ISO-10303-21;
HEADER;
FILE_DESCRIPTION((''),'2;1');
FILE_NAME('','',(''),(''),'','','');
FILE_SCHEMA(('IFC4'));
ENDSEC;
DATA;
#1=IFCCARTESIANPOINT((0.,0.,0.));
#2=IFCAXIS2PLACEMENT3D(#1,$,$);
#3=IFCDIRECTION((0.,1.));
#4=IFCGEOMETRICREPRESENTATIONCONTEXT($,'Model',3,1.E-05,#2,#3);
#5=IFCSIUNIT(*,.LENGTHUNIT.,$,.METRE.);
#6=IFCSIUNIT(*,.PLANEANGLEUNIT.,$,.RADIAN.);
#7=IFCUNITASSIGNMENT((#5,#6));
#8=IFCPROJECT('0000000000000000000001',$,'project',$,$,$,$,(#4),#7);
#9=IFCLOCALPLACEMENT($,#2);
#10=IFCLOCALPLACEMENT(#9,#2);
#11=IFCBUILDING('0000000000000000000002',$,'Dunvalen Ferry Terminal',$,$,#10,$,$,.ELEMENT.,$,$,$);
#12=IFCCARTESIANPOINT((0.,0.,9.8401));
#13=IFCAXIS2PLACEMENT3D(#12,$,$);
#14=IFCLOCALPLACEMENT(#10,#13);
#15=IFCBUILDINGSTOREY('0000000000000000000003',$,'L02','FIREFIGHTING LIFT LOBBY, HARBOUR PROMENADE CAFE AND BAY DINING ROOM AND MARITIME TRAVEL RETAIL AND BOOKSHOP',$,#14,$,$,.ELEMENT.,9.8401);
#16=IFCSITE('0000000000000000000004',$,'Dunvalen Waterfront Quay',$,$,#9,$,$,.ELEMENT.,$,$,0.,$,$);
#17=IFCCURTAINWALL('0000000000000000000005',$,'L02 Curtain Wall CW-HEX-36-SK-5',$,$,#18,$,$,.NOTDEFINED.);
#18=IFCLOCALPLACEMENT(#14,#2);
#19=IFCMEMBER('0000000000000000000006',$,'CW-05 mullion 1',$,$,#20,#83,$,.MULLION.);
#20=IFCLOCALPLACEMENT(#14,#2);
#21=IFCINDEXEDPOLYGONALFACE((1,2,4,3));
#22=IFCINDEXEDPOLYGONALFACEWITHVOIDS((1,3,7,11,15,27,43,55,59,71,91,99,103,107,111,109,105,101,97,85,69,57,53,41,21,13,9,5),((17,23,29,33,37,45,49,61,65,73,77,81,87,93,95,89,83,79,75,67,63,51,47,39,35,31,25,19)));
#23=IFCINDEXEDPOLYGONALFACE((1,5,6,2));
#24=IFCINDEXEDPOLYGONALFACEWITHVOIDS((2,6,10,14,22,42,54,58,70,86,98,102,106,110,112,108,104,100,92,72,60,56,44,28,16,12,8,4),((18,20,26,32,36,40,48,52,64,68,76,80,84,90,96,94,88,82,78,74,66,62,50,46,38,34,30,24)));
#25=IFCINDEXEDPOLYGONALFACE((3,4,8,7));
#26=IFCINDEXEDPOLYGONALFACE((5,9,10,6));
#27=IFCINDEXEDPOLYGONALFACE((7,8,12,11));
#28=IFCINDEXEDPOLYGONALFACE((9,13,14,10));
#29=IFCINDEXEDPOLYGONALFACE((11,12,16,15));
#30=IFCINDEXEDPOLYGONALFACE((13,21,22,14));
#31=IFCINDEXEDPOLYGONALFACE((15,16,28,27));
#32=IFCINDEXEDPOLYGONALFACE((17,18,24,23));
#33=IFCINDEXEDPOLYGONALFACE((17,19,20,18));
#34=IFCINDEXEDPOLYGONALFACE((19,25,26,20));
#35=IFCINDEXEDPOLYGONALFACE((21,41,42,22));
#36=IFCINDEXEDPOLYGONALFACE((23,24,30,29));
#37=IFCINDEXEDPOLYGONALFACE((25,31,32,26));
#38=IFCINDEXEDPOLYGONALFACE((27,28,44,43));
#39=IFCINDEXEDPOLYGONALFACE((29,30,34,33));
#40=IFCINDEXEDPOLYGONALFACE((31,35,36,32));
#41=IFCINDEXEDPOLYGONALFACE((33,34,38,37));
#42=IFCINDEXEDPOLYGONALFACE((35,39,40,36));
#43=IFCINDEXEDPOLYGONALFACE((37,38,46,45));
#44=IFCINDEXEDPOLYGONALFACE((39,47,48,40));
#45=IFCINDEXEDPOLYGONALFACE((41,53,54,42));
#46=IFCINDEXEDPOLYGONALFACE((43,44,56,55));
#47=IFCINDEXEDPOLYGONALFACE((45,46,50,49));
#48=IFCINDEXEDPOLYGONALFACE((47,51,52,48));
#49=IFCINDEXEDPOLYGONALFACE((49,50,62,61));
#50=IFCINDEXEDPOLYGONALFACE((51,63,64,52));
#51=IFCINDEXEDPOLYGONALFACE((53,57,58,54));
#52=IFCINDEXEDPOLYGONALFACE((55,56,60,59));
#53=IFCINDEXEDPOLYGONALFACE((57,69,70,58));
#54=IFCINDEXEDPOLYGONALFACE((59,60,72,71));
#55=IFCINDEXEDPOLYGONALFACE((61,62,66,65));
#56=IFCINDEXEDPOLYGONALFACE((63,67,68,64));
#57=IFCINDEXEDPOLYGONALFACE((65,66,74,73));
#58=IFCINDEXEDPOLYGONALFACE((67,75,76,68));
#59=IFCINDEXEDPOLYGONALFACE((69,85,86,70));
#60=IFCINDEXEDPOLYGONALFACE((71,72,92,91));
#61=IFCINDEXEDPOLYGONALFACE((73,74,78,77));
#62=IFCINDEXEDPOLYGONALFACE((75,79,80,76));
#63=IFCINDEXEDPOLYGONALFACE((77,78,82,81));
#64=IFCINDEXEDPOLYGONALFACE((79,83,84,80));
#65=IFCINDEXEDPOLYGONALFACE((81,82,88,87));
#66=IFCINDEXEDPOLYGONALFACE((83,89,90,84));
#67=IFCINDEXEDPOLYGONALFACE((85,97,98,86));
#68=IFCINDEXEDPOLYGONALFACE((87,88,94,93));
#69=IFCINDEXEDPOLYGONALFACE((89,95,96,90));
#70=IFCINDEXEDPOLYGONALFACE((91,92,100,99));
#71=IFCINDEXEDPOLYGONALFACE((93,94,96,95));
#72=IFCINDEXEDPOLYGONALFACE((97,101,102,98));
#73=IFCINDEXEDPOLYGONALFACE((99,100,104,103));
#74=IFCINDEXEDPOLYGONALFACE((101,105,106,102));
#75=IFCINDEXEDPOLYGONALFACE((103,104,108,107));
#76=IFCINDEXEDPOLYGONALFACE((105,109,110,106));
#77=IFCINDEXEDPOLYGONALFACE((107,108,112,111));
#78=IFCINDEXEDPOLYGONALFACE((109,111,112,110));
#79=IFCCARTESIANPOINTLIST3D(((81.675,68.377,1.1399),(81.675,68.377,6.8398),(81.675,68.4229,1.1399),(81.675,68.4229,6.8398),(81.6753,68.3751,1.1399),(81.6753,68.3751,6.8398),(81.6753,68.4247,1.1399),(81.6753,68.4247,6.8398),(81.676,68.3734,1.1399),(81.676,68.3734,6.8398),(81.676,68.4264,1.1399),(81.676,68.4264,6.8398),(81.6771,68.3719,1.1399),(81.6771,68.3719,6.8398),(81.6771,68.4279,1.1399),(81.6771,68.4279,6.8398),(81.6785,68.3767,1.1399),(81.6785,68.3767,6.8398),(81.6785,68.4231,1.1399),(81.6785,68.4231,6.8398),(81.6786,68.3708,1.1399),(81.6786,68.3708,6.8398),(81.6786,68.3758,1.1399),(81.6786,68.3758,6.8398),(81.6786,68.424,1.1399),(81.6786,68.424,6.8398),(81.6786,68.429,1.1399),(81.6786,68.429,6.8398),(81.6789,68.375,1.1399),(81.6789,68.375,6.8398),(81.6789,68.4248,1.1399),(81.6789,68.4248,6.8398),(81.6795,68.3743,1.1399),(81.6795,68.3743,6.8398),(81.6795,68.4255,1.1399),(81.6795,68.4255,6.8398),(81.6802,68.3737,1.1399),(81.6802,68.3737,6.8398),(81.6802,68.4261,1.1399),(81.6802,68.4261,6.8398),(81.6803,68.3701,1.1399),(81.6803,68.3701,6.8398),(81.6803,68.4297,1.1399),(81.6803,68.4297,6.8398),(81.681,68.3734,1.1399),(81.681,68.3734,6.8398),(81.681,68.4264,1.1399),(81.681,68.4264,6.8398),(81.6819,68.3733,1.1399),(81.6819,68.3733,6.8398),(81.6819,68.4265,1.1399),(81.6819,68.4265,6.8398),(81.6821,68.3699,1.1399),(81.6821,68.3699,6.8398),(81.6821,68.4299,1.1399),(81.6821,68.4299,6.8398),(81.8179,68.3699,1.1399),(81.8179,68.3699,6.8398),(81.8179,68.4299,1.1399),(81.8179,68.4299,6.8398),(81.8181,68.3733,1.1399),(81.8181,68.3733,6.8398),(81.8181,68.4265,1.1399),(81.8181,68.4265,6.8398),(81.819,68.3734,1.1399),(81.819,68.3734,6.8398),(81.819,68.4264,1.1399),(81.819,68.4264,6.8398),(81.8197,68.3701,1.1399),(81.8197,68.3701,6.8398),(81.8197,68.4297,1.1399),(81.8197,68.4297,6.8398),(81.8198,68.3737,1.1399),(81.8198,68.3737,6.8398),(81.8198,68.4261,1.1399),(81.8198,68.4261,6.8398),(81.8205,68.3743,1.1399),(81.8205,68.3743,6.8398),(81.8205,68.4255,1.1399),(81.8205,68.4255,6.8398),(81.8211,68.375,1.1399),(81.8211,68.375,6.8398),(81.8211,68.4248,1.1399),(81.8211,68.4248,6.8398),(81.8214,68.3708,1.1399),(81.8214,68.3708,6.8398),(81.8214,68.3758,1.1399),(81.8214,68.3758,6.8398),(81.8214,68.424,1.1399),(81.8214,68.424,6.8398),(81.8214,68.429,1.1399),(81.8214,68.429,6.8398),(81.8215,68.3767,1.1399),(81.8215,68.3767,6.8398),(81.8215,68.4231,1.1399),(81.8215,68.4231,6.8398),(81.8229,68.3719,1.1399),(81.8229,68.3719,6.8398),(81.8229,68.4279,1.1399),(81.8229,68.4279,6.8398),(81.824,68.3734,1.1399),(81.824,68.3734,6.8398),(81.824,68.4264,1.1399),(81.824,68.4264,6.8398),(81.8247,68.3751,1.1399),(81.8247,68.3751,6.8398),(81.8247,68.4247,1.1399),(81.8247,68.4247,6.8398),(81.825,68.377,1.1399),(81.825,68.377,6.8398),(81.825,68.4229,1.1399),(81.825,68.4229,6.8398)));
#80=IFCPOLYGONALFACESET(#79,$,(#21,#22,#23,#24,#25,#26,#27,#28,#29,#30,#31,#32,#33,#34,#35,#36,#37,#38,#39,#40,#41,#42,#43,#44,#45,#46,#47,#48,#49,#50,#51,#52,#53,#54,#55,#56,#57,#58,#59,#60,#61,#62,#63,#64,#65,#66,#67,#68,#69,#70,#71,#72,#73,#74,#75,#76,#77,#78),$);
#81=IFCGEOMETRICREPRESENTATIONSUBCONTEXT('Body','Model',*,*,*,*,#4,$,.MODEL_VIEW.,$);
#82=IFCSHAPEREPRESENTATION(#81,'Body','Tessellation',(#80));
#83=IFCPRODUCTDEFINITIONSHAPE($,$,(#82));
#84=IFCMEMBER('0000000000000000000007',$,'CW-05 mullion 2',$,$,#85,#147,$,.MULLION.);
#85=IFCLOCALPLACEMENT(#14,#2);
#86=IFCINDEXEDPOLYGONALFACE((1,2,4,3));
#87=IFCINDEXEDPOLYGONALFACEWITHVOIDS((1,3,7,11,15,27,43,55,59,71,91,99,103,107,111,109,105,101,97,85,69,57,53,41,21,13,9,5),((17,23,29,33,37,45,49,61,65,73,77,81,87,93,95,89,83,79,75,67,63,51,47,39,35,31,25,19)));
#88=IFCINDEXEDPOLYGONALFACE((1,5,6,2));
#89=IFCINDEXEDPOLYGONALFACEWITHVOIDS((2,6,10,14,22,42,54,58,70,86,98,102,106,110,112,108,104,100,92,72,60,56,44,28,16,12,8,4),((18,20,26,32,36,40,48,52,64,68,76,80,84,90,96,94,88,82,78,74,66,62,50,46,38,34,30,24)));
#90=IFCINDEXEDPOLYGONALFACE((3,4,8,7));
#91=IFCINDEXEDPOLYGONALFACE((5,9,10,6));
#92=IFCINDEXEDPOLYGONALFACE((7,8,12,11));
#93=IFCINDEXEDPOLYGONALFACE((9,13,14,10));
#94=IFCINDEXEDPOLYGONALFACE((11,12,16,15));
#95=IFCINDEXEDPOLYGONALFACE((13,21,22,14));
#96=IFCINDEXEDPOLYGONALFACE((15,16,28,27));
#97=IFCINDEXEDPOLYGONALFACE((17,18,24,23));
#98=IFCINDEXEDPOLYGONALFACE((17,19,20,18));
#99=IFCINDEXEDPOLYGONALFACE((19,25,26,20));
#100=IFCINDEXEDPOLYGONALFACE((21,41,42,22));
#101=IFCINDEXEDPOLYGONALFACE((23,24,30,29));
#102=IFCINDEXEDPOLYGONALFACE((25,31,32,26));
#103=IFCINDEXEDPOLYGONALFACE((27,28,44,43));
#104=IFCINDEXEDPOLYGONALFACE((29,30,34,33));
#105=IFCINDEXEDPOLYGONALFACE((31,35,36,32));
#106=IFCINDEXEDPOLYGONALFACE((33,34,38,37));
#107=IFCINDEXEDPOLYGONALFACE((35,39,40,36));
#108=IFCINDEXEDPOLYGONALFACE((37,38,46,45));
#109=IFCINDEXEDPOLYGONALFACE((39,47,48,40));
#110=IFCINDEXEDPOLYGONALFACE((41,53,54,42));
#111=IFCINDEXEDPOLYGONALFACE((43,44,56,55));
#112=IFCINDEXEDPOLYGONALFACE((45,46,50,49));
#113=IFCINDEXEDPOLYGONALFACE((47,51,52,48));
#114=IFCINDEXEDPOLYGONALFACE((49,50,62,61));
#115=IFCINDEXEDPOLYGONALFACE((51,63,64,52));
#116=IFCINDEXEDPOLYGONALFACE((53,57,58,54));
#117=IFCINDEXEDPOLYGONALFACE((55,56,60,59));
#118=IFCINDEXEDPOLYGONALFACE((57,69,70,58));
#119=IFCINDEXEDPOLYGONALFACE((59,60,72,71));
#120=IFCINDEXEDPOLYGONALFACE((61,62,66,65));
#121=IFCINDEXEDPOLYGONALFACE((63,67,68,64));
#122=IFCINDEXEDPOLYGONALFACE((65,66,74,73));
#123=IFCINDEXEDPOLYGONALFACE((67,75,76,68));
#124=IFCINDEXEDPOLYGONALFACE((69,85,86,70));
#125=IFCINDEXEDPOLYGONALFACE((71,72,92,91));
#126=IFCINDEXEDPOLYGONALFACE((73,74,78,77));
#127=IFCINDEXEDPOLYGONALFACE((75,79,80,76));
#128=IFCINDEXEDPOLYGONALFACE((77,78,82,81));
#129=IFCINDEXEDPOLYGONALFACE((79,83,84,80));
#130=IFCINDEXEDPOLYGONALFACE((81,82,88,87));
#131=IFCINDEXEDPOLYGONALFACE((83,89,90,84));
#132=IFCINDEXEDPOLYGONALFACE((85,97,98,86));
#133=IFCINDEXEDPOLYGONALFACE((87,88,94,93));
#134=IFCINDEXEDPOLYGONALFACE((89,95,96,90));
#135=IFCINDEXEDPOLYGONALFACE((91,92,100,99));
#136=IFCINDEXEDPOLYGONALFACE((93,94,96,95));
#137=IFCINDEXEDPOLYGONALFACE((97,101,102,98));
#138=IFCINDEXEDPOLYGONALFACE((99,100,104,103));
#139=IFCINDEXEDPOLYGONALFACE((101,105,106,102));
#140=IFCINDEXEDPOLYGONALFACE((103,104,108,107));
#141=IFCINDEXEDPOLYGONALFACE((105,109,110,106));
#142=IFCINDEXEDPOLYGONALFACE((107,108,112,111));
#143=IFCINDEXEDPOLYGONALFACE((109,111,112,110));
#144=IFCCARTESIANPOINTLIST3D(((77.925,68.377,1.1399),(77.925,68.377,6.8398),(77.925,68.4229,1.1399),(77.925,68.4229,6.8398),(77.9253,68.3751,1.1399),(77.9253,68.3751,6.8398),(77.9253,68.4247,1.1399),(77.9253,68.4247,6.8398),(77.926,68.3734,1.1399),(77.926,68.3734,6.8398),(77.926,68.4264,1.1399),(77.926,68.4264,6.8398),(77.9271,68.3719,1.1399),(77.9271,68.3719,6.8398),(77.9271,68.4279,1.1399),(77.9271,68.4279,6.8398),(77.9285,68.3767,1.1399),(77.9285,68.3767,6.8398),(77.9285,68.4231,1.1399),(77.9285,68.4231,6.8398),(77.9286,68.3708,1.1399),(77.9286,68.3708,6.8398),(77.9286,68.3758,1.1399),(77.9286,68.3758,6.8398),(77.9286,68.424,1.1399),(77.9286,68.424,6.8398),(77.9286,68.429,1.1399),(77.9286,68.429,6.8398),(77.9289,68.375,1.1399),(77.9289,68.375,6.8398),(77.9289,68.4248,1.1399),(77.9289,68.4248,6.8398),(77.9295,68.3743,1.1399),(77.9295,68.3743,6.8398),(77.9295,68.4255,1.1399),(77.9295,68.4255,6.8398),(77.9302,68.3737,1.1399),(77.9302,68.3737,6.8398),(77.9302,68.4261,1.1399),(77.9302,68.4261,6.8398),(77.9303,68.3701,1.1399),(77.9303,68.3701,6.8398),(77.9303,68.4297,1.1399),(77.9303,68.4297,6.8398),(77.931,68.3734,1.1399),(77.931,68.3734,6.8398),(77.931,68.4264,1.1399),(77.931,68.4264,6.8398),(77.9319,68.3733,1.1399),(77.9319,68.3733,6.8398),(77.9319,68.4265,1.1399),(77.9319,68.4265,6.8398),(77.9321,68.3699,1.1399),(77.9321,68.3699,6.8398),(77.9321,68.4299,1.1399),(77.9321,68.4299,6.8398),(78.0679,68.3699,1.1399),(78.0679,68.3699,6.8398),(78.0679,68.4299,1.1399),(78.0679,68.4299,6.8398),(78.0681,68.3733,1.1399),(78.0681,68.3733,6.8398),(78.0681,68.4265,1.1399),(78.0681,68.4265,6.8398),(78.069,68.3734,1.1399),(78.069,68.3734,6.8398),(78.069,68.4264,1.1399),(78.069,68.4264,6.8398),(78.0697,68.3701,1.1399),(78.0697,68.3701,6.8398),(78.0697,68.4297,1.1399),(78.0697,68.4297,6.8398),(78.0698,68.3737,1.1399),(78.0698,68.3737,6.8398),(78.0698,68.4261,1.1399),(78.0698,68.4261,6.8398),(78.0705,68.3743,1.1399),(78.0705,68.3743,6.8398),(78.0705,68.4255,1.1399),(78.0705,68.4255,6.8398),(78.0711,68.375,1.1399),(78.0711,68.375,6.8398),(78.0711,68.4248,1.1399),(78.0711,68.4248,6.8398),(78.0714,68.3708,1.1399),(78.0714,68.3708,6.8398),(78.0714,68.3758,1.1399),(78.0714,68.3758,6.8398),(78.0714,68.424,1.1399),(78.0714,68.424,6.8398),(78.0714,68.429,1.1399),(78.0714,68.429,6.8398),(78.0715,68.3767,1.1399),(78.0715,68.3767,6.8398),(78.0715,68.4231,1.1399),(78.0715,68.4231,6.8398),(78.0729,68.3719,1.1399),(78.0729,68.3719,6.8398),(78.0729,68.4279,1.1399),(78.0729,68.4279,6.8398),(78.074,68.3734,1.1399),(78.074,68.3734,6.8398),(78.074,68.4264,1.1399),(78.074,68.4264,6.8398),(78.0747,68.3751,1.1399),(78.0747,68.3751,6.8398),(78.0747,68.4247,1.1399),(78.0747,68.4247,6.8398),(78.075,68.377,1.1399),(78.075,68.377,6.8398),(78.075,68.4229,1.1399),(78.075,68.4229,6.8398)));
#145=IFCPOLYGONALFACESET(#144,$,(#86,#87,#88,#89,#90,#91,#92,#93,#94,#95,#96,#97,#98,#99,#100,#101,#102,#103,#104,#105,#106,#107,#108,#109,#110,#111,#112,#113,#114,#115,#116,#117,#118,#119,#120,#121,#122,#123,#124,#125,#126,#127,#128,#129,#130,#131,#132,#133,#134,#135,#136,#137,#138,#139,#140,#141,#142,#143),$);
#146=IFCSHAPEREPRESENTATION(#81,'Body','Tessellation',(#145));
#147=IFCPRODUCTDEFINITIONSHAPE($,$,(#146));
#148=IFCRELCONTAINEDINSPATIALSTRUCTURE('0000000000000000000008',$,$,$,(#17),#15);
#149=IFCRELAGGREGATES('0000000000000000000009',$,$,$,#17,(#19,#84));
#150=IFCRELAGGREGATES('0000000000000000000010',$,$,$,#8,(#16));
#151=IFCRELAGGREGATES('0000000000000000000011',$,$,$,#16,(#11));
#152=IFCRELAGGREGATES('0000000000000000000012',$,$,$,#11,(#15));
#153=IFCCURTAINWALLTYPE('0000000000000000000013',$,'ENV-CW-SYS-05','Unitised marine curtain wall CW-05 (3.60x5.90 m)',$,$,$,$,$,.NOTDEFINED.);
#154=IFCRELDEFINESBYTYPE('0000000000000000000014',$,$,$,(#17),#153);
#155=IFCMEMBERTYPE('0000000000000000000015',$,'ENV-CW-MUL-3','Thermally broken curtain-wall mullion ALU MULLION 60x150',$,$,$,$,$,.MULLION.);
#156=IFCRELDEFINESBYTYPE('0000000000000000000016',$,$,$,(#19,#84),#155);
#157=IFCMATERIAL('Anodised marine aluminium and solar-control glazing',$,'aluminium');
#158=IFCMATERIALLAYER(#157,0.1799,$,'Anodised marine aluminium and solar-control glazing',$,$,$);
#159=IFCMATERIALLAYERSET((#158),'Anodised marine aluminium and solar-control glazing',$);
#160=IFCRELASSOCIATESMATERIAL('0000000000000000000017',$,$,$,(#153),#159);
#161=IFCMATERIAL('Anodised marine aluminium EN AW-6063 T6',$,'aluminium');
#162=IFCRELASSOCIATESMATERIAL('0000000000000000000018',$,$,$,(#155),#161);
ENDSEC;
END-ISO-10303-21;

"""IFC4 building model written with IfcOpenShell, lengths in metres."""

from ifc_helpers import new_model, si_unit, direction, frame, origin, origin_2d, place, context, subcontext, project, spatial, hollow_rectangle, extrude, material, layer, layer_set, material_profile, profile_set, type_object, element, aggregate, save


model = new_model("IFC4")

# Units and contexts
model_context = context("Model", 3, precision=1e-05, world=origin(), true_north=direction((0.0, 1.0)))
body_context = subcontext(model_context, "Body", "Model", "MODEL_VIEW")
ifc_project = project(units=[si_unit("LENGTHUNIT", "METRE"), si_unit("PLANEANGLEUNIT", "RADIAN")], contexts=[model_context])

# Site, building, storey
site_placement = place(None, origin())
site = spatial("IfcSite", under=ifc_project, at=site_placement, Name="Dunvalen Waterfront Quay", CompositionType="ELEMENT", RefElevation=0.0)
building_placement = place(site_placement, origin())
building = spatial("IfcBuilding", under=site, at=building_placement, Name="Dunvalen Ferry Terminal", CompositionType="ELEMENT")
storey_placement = place(building_placement, frame((0.0, 0.0, 9.8401)))
storey = spatial("IfcBuildingStorey", under=building, at=storey_placement, Name="L02", Description="FIREFIGHTING LIFT LOBBY, HARBOUR PROMENADE CAFE AND BAY DINING ROOM AND MARITIME TRAVEL RETAIL AND BOOKSHOP", CompositionType="ELEMENT", Elevation=9.8401)

# Curtain wall, members
ifc_material_1 = material(Name="Anodised marine aluminium and solar-control glazing", Category="aluminium")
ifc_layer_1 = layer(ifc_material_1, 0.1799, Name="Anodised marine aluminium and solar-control glazing")
ifc_layer_set_1 = layer_set([ifc_layer_1], Name="Anodised marine aluminium and solar-control glazing")
curtain_wall_type = type_object("IfcCurtainWallType", Name="ENV-CW-SYS-05", Description="Unitised marine curtain wall CW-05 (3.60x5.90 m)", PredefinedType="NOTDEFINED", material=ifc_layer_set_1)
curtain_wall_placement = place(storey_placement, origin())
curtain_wall = element("IfcCurtainWall", 1, at=curtain_wall_placement, inside=storey, type_object=curtain_wall_type, Name="L02 Curtain Wall CW-HEX-36-SK-5", PredefinedType="NOTDEFINED")
ifc_material_2 = material(Name="Anodised marine aluminium EN AW-6063 T6", Category="aluminium")
ifc_material_profile_1 = material_profile(ifc_material_2, hollow_rectangle(XDim=0.0601, YDim=0.1499, WallThickness=0.0034, InnerFilletRadius=0.0034, OuterFilletRadius=0.0071, at=origin_2d()), Name="Anodised marine aluminium EN AW-6063 T6")
ifc_profile_set_1 = profile_set([ifc_material_profile_1], Name="Anodised marine aluminium EN AW-6063 T6")
member_type_1 = type_object("IfcMemberType", Name="ENV-CW-MUL-3", Description="Thermally broken curtain-wall mullion ALU MULLION 60x150", PredefinedType="MULLION", material=ifc_profile_set_1)
member_1_placement = place(storey_placement, frame((81.75, 68.3999, 1.1399), z_axis=(0.0, 0.0, 1.0), x_axis=(0.0, -1.0, 0.0)))
member_1 = element("IfcMember", 2, at=member_1_placement, type_object=member_type_1, Name="CW-05 mullion 1", PredefinedType="MULLION", context=body_context, shape_type="SweptSolid", body=[
    extrude(hollow_rectangle(XDim=0.0601, YDim=0.1499, WallThickness=0.0034, InnerFilletRadius=0.0034, OuterFilletRadius=0.0071, at=origin_2d()), origin(), (0.0, 0.0, 1.0), 5.7),
])
member_2_placement = place(storey_placement, frame((78.0, 68.3999, 1.1399), z_axis=(0.0, 0.0, 1.0), x_axis=(0.0, -1.0, 0.0)))
member_2 = element("IfcMember", 3, at=member_2_placement, type_object=member_type_1, Name="CW-05 mullion 2", PredefinedType="MULLION", context=body_context, shape_type="SweptSolid", body=[
    extrude(hollow_rectangle(XDim=0.0601, YDim=0.1499, WallThickness=0.0034, InnerFilletRadius=0.0034, OuterFilletRadius=0.0071, at=origin_2d()), origin(), (0.0, 0.0, 1.0), 5.7),
])

aggregate(curtain_wall, [member_1, member_2])

save(model, "model.ifc")
